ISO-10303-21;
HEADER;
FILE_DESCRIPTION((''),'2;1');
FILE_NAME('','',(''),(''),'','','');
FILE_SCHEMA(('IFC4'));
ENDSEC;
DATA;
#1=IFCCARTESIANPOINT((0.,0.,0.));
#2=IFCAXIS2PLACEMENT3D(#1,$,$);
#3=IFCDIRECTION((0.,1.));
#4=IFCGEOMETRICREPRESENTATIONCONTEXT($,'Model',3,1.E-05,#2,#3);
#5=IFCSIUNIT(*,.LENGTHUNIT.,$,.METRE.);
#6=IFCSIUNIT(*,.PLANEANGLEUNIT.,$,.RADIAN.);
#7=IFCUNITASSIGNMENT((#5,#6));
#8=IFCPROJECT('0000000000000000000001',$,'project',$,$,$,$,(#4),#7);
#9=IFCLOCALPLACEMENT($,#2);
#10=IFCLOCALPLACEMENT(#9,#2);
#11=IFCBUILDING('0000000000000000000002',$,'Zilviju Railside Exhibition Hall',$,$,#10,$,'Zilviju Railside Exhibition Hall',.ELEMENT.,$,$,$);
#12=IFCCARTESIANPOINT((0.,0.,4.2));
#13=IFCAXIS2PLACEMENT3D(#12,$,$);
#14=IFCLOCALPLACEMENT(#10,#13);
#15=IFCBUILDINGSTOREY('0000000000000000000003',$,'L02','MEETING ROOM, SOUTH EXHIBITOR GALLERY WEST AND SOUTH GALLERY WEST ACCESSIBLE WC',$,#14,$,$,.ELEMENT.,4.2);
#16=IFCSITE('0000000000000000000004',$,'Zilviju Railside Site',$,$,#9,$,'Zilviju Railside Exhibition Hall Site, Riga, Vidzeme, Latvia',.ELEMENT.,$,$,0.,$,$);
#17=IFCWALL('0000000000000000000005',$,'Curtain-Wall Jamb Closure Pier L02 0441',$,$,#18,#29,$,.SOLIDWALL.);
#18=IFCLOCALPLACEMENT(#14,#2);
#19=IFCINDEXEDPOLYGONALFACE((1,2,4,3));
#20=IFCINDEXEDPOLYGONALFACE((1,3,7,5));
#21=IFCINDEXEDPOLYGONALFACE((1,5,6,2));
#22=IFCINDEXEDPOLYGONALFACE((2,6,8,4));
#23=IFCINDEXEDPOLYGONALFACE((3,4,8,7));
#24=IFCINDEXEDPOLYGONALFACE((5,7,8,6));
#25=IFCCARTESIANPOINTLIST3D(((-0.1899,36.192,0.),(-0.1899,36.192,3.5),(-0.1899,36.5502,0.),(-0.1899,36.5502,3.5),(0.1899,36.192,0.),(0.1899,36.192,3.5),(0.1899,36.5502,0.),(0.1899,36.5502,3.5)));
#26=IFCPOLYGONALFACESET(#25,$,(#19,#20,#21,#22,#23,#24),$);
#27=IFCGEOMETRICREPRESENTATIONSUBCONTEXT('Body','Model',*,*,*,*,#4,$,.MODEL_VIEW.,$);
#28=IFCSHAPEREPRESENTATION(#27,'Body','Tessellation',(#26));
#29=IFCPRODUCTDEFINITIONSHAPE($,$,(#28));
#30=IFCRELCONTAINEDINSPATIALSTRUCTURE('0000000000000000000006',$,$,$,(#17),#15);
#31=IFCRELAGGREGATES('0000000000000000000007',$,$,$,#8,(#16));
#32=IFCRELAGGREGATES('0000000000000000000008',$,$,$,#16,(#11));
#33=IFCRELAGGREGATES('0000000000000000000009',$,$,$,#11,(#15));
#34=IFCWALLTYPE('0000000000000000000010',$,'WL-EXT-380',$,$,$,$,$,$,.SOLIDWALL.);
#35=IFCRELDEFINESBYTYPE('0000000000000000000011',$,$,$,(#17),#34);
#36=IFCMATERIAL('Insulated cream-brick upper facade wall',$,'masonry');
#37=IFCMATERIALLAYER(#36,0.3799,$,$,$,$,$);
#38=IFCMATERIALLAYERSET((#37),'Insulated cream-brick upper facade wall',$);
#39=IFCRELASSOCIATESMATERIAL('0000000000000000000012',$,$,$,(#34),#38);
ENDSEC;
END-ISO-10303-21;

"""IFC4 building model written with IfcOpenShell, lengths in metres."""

from ifc_helpers import new_model, si_unit, direction, frame, frame_2d, origin, place, context, subcontext, project, spatial, rectangle, extrude, material, layer, layer_set, type_object, element, save


model = new_model("IFC4")

# Units and contexts
model_context = context("Model", 3, precision=1e-05, world=origin(), true_north=direction((0.0, 1.0)))
body_context = subcontext(model_context, "Body", "Model", "MODEL_VIEW")
ifc_project = project(units=[si_unit("LENGTHUNIT", "METRE"), si_unit("PLANEANGLEUNIT", "RADIAN")], contexts=[model_context])

# Site, building, storey
site_placement = place(None, origin())
site = spatial("IfcSite", under=ifc_project, at=site_placement, Name="Zilviju Railside Site", LongName="Zilviju Railside Exhibition Hall Site, Riga, Vidzeme, Latvia", CompositionType="ELEMENT", RefElevation=0.0)
building_placement = place(site_placement, origin())
building = spatial("IfcBuilding", under=site, at=building_placement, Name="Zilviju Railside Exhibition Hall", LongName="Zilviju Railside Exhibition Hall", CompositionType="ELEMENT")
storey_placement = place(building_placement, frame((0.0, 0.0, 4.2)))
storey = spatial("IfcBuildingStorey", under=building, at=storey_placement, Name="L02", Description="MEETING ROOM, SOUTH EXHIBITOR GALLERY WEST AND SOUTH GALLERY WEST ACCESSIBLE WC", CompositionType="ELEMENT", Elevation=4.2)

# Wall
ifc_material_1 = material(Name="Insulated cream-brick upper facade wall", Category="masonry")
ifc_layer_1 = layer(ifc_material_1, 0.3799)
ifc_layer_set_1 = layer_set([ifc_layer_1], Name="Insulated cream-brick upper facade wall")
wall_type = type_object("IfcWallType", Name="WL-EXT-380", PredefinedType="SOLIDWALL", material=ifc_layer_set_1)
wall_placement = place(storey_placement, frame((0.0, 36.1919, 0.0), z_axis=(0.0, 0.0, 1.0), x_axis=(0.0, 1.0, 0.0)))
element("IfcWall", 1, at=wall_placement, inside=storey, type_object=wall_type, Name="Curtain-Wall Jamb Closure Pier L02 0441", PredefinedType="SOLIDWALL", context=body_context, shape_type="SweptSolid", body=[
    extrude(rectangle(XDim=0.3582, YDim=0.3799, at=frame_2d((0.1792, 0.0))), origin(), (0.0, 0.0, 1.0), 3.5),
])

save(model, "model.ifc")
